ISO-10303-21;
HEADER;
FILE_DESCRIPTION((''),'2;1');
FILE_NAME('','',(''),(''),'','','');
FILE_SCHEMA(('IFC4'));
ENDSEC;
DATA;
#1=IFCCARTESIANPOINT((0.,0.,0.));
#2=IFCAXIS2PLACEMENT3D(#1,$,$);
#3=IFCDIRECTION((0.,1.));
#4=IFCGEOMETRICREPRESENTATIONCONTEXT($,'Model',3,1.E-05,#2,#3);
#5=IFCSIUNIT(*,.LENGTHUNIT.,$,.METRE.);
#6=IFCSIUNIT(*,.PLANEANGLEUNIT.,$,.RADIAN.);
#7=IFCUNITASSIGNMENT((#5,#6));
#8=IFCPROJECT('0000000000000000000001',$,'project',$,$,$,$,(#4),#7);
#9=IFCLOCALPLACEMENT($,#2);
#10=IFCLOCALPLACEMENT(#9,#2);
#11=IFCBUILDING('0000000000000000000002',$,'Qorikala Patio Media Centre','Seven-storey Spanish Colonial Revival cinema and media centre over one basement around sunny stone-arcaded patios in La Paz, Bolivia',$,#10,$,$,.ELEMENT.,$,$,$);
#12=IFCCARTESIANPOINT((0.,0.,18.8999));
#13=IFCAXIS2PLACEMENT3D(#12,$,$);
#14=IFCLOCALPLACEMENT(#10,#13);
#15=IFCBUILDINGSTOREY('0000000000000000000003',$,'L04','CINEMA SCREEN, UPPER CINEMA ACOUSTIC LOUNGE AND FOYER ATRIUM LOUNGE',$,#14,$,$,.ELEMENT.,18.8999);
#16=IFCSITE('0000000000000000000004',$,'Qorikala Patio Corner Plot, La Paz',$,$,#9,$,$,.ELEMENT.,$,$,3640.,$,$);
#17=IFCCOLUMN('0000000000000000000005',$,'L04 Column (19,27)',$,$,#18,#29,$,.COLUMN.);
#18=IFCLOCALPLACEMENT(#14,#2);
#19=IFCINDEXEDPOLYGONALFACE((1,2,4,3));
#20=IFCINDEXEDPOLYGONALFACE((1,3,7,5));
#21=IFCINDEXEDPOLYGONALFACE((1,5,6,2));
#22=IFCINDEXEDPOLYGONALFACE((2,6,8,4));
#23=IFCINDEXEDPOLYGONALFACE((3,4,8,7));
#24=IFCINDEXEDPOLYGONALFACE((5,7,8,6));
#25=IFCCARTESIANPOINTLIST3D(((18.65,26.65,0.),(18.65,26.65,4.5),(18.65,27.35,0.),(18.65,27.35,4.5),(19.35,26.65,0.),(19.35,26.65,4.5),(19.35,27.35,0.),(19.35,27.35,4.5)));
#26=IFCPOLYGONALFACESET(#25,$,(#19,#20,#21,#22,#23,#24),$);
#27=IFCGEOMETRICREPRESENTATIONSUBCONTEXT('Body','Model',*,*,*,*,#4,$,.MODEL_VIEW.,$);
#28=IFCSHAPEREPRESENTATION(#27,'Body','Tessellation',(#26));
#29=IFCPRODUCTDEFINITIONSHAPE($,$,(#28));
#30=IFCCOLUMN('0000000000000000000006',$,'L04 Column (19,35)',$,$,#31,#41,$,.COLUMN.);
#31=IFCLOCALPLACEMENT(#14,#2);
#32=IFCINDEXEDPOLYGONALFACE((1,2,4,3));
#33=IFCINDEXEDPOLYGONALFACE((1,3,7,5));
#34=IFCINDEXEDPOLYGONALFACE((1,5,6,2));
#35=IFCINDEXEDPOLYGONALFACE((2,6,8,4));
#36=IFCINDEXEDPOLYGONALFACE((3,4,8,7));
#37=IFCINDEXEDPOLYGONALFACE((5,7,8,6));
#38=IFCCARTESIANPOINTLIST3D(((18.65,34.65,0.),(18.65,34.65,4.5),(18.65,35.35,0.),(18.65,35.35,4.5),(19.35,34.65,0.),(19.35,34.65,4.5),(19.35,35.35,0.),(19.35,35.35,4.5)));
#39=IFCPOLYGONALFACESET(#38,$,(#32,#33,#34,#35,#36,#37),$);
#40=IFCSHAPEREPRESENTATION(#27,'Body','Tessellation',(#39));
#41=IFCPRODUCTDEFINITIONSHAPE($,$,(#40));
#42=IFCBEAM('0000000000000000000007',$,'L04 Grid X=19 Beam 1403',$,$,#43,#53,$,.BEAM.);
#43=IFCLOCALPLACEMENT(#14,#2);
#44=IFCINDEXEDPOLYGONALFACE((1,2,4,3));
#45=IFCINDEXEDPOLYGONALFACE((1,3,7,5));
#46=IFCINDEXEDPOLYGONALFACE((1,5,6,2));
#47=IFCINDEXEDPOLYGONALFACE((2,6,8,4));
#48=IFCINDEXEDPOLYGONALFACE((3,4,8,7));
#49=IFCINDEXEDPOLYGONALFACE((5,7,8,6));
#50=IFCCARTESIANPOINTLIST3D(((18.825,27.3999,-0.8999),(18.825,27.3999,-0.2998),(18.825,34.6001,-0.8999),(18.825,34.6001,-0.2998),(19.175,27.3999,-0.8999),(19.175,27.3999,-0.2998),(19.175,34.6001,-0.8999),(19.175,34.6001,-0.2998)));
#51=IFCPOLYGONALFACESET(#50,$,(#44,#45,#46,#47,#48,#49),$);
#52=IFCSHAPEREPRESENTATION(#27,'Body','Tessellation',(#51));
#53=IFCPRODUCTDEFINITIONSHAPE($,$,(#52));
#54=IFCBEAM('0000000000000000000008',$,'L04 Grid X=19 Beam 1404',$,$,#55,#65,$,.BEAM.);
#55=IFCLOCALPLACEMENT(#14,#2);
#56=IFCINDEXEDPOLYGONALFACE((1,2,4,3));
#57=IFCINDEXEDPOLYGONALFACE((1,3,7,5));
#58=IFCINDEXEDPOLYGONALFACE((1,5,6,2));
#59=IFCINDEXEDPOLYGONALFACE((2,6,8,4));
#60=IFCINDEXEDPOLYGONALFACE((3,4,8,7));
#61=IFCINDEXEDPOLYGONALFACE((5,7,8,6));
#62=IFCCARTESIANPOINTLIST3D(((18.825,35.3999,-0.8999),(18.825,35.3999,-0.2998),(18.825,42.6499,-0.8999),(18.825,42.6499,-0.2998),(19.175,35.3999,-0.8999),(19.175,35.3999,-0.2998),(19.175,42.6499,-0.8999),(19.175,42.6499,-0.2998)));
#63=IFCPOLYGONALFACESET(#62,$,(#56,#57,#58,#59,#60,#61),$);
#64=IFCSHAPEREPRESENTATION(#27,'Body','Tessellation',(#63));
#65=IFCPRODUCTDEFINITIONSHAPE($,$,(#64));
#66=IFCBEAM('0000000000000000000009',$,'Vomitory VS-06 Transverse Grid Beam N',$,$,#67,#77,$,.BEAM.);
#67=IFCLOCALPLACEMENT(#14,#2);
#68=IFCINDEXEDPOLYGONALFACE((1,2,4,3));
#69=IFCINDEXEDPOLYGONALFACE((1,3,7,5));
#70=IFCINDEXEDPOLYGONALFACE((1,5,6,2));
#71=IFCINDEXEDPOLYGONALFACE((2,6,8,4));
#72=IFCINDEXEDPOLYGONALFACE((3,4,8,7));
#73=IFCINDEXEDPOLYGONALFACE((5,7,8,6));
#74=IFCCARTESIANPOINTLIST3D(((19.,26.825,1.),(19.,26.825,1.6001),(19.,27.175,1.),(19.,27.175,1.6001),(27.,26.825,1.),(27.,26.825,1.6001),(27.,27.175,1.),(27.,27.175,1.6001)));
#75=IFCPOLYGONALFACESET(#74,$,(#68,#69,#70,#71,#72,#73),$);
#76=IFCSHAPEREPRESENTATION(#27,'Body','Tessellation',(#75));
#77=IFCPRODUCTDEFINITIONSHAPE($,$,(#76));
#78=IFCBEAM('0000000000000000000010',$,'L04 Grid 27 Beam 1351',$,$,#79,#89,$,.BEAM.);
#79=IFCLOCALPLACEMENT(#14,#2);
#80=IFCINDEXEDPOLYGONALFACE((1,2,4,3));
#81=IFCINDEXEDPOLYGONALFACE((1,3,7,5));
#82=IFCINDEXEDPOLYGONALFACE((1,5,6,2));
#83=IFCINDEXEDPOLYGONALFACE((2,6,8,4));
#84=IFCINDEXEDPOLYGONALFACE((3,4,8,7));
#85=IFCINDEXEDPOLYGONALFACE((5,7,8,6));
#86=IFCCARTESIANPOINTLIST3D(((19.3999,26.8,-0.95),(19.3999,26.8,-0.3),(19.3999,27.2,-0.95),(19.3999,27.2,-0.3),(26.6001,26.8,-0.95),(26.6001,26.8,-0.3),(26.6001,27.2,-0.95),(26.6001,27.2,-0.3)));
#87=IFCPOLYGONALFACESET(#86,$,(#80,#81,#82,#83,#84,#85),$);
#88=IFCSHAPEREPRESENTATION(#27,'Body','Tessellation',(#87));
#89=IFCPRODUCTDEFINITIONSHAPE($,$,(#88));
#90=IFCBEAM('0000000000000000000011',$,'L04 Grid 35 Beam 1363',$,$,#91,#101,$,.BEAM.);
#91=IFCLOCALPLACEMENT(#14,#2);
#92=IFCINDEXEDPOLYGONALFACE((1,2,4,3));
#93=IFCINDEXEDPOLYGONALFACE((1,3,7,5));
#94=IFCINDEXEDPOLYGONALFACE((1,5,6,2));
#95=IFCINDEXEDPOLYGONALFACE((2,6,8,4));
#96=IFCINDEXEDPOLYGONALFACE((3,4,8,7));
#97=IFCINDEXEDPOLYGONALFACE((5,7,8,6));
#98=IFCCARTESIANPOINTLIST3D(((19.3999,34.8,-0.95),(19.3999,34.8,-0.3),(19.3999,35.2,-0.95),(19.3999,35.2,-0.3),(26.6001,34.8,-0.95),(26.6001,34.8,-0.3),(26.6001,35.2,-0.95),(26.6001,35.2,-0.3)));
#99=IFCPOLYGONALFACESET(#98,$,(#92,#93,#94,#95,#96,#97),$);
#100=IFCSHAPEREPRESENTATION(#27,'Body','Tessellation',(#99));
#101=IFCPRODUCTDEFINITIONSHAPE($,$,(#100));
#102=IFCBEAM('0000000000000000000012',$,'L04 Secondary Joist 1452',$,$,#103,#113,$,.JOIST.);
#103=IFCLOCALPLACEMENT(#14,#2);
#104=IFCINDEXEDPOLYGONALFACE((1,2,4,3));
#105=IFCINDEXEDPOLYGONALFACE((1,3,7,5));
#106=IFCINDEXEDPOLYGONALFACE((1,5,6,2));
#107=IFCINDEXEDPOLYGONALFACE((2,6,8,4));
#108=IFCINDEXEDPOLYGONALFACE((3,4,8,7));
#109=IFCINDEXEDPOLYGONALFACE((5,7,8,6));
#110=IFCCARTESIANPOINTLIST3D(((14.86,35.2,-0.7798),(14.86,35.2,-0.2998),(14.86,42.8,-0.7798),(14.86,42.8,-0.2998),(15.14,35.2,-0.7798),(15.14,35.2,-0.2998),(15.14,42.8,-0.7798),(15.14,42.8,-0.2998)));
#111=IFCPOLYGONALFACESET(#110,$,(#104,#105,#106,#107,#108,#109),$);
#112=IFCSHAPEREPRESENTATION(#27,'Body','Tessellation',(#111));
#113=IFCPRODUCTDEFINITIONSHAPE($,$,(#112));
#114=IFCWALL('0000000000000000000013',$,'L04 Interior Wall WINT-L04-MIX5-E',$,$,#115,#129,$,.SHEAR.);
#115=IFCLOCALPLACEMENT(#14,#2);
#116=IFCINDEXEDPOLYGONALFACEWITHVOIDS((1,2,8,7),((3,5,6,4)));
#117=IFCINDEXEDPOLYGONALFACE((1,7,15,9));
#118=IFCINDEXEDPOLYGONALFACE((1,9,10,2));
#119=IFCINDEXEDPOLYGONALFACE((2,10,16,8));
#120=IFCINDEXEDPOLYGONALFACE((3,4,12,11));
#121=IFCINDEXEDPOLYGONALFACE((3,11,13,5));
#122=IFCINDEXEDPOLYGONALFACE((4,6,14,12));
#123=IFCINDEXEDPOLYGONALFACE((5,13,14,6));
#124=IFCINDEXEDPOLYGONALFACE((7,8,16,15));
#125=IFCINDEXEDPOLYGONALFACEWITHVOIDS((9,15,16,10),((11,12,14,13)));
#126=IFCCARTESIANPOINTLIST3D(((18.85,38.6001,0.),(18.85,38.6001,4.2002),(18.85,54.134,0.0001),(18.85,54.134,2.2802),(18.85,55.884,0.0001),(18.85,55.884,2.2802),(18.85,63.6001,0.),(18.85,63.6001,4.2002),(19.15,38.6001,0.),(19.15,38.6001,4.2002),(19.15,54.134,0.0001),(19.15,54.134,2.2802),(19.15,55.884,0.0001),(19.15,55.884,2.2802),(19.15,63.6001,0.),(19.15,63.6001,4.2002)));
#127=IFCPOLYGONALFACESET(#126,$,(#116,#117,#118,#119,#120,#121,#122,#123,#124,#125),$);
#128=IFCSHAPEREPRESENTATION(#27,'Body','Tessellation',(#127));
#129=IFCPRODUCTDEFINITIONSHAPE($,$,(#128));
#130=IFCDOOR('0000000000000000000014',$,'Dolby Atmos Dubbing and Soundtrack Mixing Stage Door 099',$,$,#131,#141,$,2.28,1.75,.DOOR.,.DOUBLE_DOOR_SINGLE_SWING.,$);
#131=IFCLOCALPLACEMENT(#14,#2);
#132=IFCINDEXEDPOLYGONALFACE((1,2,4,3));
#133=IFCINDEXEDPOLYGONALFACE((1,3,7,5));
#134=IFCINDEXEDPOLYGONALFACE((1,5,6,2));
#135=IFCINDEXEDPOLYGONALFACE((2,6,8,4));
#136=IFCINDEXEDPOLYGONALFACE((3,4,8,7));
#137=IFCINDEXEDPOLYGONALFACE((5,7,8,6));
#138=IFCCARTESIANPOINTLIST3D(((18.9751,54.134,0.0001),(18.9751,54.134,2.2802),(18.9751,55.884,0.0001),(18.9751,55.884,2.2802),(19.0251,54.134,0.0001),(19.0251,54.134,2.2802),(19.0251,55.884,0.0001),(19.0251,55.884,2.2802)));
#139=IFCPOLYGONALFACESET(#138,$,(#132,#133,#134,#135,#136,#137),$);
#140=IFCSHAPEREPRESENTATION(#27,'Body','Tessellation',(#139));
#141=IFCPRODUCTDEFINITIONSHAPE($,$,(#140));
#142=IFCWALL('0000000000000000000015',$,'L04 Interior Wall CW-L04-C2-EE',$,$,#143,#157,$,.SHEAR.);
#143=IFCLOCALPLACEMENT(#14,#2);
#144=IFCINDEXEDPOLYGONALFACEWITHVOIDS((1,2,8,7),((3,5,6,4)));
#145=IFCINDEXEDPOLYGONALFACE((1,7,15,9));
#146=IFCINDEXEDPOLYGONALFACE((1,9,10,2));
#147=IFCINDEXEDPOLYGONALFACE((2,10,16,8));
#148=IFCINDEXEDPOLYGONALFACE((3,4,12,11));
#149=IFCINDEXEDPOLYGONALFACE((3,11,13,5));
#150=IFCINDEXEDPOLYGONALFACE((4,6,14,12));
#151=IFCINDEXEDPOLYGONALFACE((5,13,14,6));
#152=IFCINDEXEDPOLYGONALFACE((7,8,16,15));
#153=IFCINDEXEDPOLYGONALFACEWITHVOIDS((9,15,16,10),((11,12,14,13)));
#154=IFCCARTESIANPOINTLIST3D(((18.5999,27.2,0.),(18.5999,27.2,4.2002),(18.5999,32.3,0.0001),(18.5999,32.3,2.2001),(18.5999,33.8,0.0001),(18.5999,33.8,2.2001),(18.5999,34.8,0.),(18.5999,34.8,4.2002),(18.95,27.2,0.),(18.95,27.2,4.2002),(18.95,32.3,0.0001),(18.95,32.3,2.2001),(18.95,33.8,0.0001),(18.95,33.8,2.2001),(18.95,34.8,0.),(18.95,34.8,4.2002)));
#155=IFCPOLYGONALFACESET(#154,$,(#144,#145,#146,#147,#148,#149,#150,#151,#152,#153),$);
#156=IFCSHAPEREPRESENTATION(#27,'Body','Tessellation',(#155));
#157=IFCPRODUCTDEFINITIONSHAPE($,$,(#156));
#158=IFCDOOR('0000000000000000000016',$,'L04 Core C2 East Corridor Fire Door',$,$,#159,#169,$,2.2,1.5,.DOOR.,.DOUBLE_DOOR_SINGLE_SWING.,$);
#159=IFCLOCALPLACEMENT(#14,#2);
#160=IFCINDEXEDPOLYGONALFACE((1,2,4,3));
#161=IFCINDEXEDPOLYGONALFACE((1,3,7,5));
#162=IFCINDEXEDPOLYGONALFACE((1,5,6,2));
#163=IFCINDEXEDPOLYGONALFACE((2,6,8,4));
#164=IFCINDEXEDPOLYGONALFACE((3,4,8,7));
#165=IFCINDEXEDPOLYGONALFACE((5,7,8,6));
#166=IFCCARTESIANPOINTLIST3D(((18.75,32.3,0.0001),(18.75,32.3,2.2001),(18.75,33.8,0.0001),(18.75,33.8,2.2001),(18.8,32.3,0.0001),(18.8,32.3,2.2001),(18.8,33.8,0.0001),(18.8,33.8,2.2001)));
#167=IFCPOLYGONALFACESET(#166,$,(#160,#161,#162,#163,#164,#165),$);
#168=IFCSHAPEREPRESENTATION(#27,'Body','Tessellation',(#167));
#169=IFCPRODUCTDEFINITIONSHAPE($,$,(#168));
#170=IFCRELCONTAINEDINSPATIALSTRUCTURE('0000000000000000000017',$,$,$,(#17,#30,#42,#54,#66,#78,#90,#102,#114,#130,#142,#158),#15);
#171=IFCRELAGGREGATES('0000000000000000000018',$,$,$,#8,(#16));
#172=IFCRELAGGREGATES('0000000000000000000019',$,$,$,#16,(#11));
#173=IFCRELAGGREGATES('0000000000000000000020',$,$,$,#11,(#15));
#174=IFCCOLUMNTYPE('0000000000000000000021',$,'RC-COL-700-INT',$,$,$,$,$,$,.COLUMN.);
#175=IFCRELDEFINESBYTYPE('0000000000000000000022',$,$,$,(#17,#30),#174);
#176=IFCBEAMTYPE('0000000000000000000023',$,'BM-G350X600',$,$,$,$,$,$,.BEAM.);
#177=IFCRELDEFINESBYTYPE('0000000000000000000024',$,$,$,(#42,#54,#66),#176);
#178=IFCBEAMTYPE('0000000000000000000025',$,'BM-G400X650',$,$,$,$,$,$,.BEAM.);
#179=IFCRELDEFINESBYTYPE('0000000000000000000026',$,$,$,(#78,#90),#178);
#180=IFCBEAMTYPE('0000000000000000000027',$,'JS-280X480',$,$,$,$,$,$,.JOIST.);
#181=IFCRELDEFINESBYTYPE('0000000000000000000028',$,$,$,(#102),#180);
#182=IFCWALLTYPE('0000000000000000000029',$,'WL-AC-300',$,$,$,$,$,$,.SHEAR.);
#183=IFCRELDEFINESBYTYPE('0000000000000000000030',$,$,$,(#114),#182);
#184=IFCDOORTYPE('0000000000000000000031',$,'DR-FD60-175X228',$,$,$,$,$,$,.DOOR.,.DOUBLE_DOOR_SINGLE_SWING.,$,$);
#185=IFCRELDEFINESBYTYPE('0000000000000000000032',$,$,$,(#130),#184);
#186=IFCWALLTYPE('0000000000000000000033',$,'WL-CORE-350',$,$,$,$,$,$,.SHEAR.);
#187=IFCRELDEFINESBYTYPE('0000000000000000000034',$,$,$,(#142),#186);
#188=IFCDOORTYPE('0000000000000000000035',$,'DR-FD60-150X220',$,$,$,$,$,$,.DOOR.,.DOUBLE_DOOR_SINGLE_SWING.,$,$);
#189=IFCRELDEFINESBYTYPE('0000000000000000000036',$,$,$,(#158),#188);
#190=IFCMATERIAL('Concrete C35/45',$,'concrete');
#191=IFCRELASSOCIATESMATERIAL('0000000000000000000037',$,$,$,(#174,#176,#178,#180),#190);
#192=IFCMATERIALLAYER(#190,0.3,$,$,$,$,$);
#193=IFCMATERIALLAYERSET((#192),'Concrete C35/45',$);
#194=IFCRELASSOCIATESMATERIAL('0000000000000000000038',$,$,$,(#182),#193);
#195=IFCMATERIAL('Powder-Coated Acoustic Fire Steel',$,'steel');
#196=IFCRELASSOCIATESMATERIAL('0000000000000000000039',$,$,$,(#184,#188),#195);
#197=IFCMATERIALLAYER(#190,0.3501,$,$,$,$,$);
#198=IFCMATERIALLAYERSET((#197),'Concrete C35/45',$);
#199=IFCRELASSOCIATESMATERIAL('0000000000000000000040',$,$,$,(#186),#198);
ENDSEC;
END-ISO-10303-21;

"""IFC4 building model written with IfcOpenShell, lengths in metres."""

from ifc_helpers import new_model, si_unit, direction, frame, frame_2d, origin, origin_2d, place, context, subcontext, project, spatial, rectangle, extrude, material, layer, layer_set, material_profile, profile_set, type_object, element, fill, save


model = new_model("IFC4")

# Units and contexts
model_context = context("Model", 3, precision=1e-05, world=origin(), true_north=direction((0.0, 1.0)))
body_context = subcontext(model_context, "Body", "Model", "MODEL_VIEW")
ifc_project = project(units=[si_unit("LENGTHUNIT", "METRE"), si_unit("PLANEANGLEUNIT", "RADIAN")], contexts=[model_context])

# Site, building, storey
site_placement = place(None, origin())
site = spatial("IfcSite", under=ifc_project, at=site_placement, Name="Qorikala Patio Corner Plot, La Paz", CompositionType="ELEMENT", RefElevation=3640.0)
building_placement = place(site_placement, origin())
building = spatial("IfcBuilding", under=site, at=building_placement, Name="Qorikala Patio Media Centre", Description="Seven-storey Spanish Colonial Revival cinema and media centre over one basement around sunny stone-arcaded patios in La Paz, Bolivia", CompositionType="ELEMENT")
storey_placement = place(building_placement, frame((0.0, 0.0, 18.8999)))
storey = spatial("IfcBuildingStorey", under=building, at=storey_placement, Name="L04", Description="CINEMA SCREEN, UPPER CINEMA ACOUSTIC LOUNGE AND FOYER ATRIUM LOUNGE", CompositionType="ELEMENT", Elevation=18.8999)

# Columns
ifc_material_1 = material(Name="Concrete C35/45", Category="concrete")
ifc_material_profile_1 = material_profile(ifc_material_1, rectangle(XDim=0.7, YDim=0.7, at=origin_2d()), Name="RC 700x700")
ifc_profile_set_1 = profile_set([ifc_material_profile_1], Name="Concrete C35/45")
column_type = type_object("IfcColumnType", Name="RC-COL-700-INT", PredefinedType="COLUMN", material=ifc_profile_set_1)
for number, where, z_axis, x_axis, name in (
    (1, (19.0, 27.0, 0.0), (0.0, 0.0, 1.0), (1.0, 0.0, 0.0), "L04 Column (19,27)"),
    (2, (19.0, 35.0, 0.0), (0.0, 0.0, 1.0), (1.0, 0.0, 0.0), "L04 Column (19,35)"),
):
    element("IfcColumn", number, at=place(storey_placement, frame(where, z_axis=z_axis, x_axis=x_axis)), inside=storey, type_object=column_type, Name=name, PredefinedType="COLUMN", context=body_context, shape_type="SweptSolid", body=[
        extrude(rectangle(XDim=0.7, YDim=0.7, at=origin_2d()), origin(), (0.0, 0.0, 1.0), 4.5),
    ])

# Beams
ifc_material_profile_2 = material_profile(ifc_material_1, rectangle(XDim=0.3501, YDim=0.6001, at=origin_2d()), Name="RC 350x600")
ifc_profile_set_2 = profile_set([ifc_material_profile_2], Name="Concrete C35/45")
beam_type_1 = type_object("IfcBeamType", Name="BM-G350X600", PredefinedType="BEAM", material=ifc_profile_set_2)
beam_1_placement = place(storey_placement, frame((19.0, 27.3999, -0.5999), z_axis=(0.0, 1.0, 0.0), x_axis=(-1.0, 0.0, 0.0)))
element("IfcBeam", 3, at=beam_1_placement, inside=storey, type_object=beam_type_1, Name="L04 Grid X=19 Beam 1403", PredefinedType="BEAM", context=body_context, shape_type="SweptSolid", body=[
    extrude(rectangle(XDim=0.3501, YDim=0.6001, at=origin_2d()), origin(), (0.0, 0.0, 1.0), 7.2002),
])
beam_2_placement = place(storey_placement, frame((19.0, 35.3999, -0.5999), z_axis=(0.0, 1.0, 0.0), x_axis=(-1.0, 0.0, 0.0)))
element("IfcBeam", 4, at=beam_2_placement, inside=storey, type_object=beam_type_1, Name="L04 Grid X=19 Beam 1404", PredefinedType="BEAM", context=body_context, shape_type="SweptSolid", body=[
    extrude(rectangle(XDim=0.3501, YDim=0.6001, at=origin_2d()), origin(), (0.0, 0.0, 1.0), 7.25),
])
beam_3_placement = place(storey_placement, frame((19.0, 27.0, 1.3), z_axis=(1.0, 0.0, 0.0), x_axis=(0.0, 1.0, 0.0)))
element("IfcBeam", 5, at=beam_3_placement, inside=storey, type_object=beam_type_1, Name="Vomitory VS-06 Transverse Grid Beam N", PredefinedType="BEAM", context=body_context, shape_type="SweptSolid", body=[
    extrude(rectangle(XDim=0.3501, YDim=0.6001, at=origin_2d()), origin(), (0.0, 0.0, 1.0), 8.0),
])
ifc_material_profile_3 = material_profile(ifc_material_1, rectangle(XDim=0.3999, YDim=0.6499, at=origin_2d()), Name="RC 400x650")
ifc_profile_set_3 = profile_set([ifc_material_profile_3], Name="Concrete C35/45")
beam_type_2 = type_object("IfcBeamType", Name="BM-G400X650", PredefinedType="BEAM", material=ifc_profile_set_3)
for number, where, z_axis, x_axis, name in (
    (6, (19.3999, 27.0, -0.625), (1.0, 0.0, 0.0), (0.0, 1.0, 0.0), "L04 Grid 27 Beam 1351"),
    (7, (19.3999, 35.0, -0.625), (1.0, 0.0, 0.0), (0.0, 1.0, 0.0), "L04 Grid 35 Beam 1363"),
):
    element("IfcBeam", number, at=place(storey_placement, frame(where, z_axis=z_axis, x_axis=x_axis)), inside=storey, type_object=beam_type_2, Name=name, PredefinedType="BEAM", context=body_context, shape_type="SweptSolid", body=[
        extrude(rectangle(XDim=0.3999, YDim=0.6499, at=origin_2d()), origin(), (0.0, 0.0, 1.0), 7.2002),
    ])
ifc_material_profile_4 = material_profile(ifc_material_1, rectangle(XDim=0.28, YDim=0.48, at=origin_2d()), Name="RC 280x480")
ifc_profile_set_4 = profile_set([ifc_material_profile_4], Name="Concrete C35/45")
beam_type_3 = type_object("IfcBeamType", Name="JS-280X480", PredefinedType="JOIST", material=ifc_profile_set_4)
beam_4_placement = place(storey_placement, frame((15.0, 35.2, -0.5398), z_axis=(0.0, 1.0, 0.0), x_axis=(-1.0, 0.0, 0.0)))
element("IfcBeam", 8, at=beam_4_placement, inside=storey, type_object=beam_type_3, Name="L04 Secondary Joist 1452", PredefinedType="JOIST", context=body_context, shape_type="SweptSolid", body=[
    extrude(rectangle(XDim=0.28, YDim=0.48, at=origin_2d()), origin(), (0.0, 0.0, 1.0), 7.6001),
])

# Walls, openings, doors
ifc_layer_1 = layer(ifc_material_1, 0.3)
ifc_layer_set_1 = layer_set([ifc_layer_1], Name="Concrete C35/45")
wall_type_1 = type_object("IfcWallType", Name="WL-AC-300", PredefinedType="SHEAR", material=ifc_layer_set_1)
wall_1_placement = place(storey_placement, frame((19.0, 38.6001, 0.0), z_axis=(0.0, 0.0, 1.0), x_axis=(0.0, 1.0, 0.0)))
wall_1 = element("IfcWall", 9, at=wall_1_placement, inside=storey, type_object=wall_type_1, Name="L04 Interior Wall WINT-L04-MIX5-E", PredefinedType="SHEAR", context=body_context, shape_type="SweptSolid", body=[
    extrude(rectangle(XDim=25.0, YDim=0.3, at=frame_2d((12.5, 0.0))), origin(), (0.0, 0.0, 1.0), 4.2002),
])
opening_1_placement = place(wall_1_placement, frame((15.5339, 0.0, 0.0)))
opening_1 = element("IfcOpeningElement", 10, at=opening_1_placement, cuts=wall_1, PredefinedType="OPENING", context=body_context, shape_type="SweptSolid", body=[
    extrude(rectangle(XDim=1.75, YDim=2.28, at=frame_2d((0.875, 1.1401))), frame((0.0, 0.1599, 0.0), z_axis=(0.0, -1.0, 0.0), x_axis=(1.0, 0.0, 0.0)), (0.0, 0.0, 1.0), 0.3201),
])
ifc_material_2 = material(Name="Powder-Coated Acoustic Fire Steel", Category="steel")
door_type_1 = type_object("IfcDoorType", Name="DR-FD60-175X228", OperationType="DOUBLE_DOOR_SINGLE_SWING", PredefinedType="DOOR", material=ifc_material_2)
door_1_placement = place(opening_1_placement, origin())
door_1 = element("IfcDoor", 11, at=door_1_placement, inside=storey, type_object=door_type_1, Name="Dolby Atmos Dubbing and Soundtrack Mixing Stage Door 099", OperationType="DOUBLE_DOOR_SINGLE_SWING", OverallHeight=2.28, OverallWidth=1.75, PredefinedType="DOOR", context=body_context, shape_type="SweptSolid", body=[
    extrude(rectangle(XDim=1.75, YDim=2.28, at=frame_2d((0.875, 1.1401))), frame((0.0, 0.0249, 0.0), z_axis=(0.0, -1.0, 0.0), x_axis=(1.0, 0.0, 0.0)), (0.0, 0.0, 1.0), 0.05),
])
fill(opening_1, door_1)
ifc_layer_2 = layer(ifc_material_1, 0.3501)
ifc_layer_set_2 = layer_set([ifc_layer_2], Name="Concrete C35/45")
wall_type_2 = type_object("IfcWallType", Name="WL-CORE-350", PredefinedType="SHEAR", material=ifc_layer_set_2)
wall_2_placement = place(storey_placement, frame((18.7749, 27.2, 0.0), z_axis=(0.0, 0.0, 1.0), x_axis=(0.0, 1.0, 0.0)))
wall_2 = element("IfcWall", 12, at=wall_2_placement, inside=storey, type_object=wall_type_2, Name="L04 Interior Wall CW-L04-C2-EE", PredefinedType="SHEAR", context=body_context, shape_type="SweptSolid", body=[
    extrude(rectangle(XDim=7.6001, YDim=0.3501, at=frame_2d((3.8, 0.0))), origin(), (0.0, 0.0, 1.0), 4.2002),
])
opening_2_placement = place(wall_2_placement, frame((5.1001, 0.0, 0.0)))
opening_2 = element("IfcOpeningElement", 13, at=opening_2_placement, cuts=wall_2, PredefinedType="OPENING", context=body_context, shape_type="SweptSolid", body=[
    extrude(rectangle(XDim=1.5, YDim=2.2, at=frame_2d((0.75, 1.1001))), frame((0.0, 0.1851, 0.0), z_axis=(0.0, -1.0, 0.0), x_axis=(1.0, 0.0, 0.0)), (0.0, 0.0, 1.0), 0.3701),
])
door_type_2 = type_object("IfcDoorType", Name="DR-FD60-150X220", OperationType="DOUBLE_DOOR_SINGLE_SWING", PredefinedType="DOOR", material=ifc_material_2)
door_2_placement = place(opening_2_placement, origin())
door_2 = element("IfcDoor", 14, at=door_2_placement, inside=storey, type_object=door_type_2, Name="L04 Core C2 East Corridor Fire Door", OperationType="DOUBLE_DOOR_SINGLE_SWING", OverallHeight=2.2, OverallWidth=1.5, PredefinedType="DOOR", context=body_context, shape_type="SweptSolid", body=[
    extrude(rectangle(XDim=1.5, YDim=2.2, at=frame_2d((0.75, 1.1001))), frame((0.0, 0.0249, 0.0), z_axis=(0.0, -1.0, 0.0), x_axis=(1.0, 0.0, 0.0)), (0.0, 0.0, 1.0), 0.05),
])
fill(opening_2, door_2)

save(model, "model.ifc")
